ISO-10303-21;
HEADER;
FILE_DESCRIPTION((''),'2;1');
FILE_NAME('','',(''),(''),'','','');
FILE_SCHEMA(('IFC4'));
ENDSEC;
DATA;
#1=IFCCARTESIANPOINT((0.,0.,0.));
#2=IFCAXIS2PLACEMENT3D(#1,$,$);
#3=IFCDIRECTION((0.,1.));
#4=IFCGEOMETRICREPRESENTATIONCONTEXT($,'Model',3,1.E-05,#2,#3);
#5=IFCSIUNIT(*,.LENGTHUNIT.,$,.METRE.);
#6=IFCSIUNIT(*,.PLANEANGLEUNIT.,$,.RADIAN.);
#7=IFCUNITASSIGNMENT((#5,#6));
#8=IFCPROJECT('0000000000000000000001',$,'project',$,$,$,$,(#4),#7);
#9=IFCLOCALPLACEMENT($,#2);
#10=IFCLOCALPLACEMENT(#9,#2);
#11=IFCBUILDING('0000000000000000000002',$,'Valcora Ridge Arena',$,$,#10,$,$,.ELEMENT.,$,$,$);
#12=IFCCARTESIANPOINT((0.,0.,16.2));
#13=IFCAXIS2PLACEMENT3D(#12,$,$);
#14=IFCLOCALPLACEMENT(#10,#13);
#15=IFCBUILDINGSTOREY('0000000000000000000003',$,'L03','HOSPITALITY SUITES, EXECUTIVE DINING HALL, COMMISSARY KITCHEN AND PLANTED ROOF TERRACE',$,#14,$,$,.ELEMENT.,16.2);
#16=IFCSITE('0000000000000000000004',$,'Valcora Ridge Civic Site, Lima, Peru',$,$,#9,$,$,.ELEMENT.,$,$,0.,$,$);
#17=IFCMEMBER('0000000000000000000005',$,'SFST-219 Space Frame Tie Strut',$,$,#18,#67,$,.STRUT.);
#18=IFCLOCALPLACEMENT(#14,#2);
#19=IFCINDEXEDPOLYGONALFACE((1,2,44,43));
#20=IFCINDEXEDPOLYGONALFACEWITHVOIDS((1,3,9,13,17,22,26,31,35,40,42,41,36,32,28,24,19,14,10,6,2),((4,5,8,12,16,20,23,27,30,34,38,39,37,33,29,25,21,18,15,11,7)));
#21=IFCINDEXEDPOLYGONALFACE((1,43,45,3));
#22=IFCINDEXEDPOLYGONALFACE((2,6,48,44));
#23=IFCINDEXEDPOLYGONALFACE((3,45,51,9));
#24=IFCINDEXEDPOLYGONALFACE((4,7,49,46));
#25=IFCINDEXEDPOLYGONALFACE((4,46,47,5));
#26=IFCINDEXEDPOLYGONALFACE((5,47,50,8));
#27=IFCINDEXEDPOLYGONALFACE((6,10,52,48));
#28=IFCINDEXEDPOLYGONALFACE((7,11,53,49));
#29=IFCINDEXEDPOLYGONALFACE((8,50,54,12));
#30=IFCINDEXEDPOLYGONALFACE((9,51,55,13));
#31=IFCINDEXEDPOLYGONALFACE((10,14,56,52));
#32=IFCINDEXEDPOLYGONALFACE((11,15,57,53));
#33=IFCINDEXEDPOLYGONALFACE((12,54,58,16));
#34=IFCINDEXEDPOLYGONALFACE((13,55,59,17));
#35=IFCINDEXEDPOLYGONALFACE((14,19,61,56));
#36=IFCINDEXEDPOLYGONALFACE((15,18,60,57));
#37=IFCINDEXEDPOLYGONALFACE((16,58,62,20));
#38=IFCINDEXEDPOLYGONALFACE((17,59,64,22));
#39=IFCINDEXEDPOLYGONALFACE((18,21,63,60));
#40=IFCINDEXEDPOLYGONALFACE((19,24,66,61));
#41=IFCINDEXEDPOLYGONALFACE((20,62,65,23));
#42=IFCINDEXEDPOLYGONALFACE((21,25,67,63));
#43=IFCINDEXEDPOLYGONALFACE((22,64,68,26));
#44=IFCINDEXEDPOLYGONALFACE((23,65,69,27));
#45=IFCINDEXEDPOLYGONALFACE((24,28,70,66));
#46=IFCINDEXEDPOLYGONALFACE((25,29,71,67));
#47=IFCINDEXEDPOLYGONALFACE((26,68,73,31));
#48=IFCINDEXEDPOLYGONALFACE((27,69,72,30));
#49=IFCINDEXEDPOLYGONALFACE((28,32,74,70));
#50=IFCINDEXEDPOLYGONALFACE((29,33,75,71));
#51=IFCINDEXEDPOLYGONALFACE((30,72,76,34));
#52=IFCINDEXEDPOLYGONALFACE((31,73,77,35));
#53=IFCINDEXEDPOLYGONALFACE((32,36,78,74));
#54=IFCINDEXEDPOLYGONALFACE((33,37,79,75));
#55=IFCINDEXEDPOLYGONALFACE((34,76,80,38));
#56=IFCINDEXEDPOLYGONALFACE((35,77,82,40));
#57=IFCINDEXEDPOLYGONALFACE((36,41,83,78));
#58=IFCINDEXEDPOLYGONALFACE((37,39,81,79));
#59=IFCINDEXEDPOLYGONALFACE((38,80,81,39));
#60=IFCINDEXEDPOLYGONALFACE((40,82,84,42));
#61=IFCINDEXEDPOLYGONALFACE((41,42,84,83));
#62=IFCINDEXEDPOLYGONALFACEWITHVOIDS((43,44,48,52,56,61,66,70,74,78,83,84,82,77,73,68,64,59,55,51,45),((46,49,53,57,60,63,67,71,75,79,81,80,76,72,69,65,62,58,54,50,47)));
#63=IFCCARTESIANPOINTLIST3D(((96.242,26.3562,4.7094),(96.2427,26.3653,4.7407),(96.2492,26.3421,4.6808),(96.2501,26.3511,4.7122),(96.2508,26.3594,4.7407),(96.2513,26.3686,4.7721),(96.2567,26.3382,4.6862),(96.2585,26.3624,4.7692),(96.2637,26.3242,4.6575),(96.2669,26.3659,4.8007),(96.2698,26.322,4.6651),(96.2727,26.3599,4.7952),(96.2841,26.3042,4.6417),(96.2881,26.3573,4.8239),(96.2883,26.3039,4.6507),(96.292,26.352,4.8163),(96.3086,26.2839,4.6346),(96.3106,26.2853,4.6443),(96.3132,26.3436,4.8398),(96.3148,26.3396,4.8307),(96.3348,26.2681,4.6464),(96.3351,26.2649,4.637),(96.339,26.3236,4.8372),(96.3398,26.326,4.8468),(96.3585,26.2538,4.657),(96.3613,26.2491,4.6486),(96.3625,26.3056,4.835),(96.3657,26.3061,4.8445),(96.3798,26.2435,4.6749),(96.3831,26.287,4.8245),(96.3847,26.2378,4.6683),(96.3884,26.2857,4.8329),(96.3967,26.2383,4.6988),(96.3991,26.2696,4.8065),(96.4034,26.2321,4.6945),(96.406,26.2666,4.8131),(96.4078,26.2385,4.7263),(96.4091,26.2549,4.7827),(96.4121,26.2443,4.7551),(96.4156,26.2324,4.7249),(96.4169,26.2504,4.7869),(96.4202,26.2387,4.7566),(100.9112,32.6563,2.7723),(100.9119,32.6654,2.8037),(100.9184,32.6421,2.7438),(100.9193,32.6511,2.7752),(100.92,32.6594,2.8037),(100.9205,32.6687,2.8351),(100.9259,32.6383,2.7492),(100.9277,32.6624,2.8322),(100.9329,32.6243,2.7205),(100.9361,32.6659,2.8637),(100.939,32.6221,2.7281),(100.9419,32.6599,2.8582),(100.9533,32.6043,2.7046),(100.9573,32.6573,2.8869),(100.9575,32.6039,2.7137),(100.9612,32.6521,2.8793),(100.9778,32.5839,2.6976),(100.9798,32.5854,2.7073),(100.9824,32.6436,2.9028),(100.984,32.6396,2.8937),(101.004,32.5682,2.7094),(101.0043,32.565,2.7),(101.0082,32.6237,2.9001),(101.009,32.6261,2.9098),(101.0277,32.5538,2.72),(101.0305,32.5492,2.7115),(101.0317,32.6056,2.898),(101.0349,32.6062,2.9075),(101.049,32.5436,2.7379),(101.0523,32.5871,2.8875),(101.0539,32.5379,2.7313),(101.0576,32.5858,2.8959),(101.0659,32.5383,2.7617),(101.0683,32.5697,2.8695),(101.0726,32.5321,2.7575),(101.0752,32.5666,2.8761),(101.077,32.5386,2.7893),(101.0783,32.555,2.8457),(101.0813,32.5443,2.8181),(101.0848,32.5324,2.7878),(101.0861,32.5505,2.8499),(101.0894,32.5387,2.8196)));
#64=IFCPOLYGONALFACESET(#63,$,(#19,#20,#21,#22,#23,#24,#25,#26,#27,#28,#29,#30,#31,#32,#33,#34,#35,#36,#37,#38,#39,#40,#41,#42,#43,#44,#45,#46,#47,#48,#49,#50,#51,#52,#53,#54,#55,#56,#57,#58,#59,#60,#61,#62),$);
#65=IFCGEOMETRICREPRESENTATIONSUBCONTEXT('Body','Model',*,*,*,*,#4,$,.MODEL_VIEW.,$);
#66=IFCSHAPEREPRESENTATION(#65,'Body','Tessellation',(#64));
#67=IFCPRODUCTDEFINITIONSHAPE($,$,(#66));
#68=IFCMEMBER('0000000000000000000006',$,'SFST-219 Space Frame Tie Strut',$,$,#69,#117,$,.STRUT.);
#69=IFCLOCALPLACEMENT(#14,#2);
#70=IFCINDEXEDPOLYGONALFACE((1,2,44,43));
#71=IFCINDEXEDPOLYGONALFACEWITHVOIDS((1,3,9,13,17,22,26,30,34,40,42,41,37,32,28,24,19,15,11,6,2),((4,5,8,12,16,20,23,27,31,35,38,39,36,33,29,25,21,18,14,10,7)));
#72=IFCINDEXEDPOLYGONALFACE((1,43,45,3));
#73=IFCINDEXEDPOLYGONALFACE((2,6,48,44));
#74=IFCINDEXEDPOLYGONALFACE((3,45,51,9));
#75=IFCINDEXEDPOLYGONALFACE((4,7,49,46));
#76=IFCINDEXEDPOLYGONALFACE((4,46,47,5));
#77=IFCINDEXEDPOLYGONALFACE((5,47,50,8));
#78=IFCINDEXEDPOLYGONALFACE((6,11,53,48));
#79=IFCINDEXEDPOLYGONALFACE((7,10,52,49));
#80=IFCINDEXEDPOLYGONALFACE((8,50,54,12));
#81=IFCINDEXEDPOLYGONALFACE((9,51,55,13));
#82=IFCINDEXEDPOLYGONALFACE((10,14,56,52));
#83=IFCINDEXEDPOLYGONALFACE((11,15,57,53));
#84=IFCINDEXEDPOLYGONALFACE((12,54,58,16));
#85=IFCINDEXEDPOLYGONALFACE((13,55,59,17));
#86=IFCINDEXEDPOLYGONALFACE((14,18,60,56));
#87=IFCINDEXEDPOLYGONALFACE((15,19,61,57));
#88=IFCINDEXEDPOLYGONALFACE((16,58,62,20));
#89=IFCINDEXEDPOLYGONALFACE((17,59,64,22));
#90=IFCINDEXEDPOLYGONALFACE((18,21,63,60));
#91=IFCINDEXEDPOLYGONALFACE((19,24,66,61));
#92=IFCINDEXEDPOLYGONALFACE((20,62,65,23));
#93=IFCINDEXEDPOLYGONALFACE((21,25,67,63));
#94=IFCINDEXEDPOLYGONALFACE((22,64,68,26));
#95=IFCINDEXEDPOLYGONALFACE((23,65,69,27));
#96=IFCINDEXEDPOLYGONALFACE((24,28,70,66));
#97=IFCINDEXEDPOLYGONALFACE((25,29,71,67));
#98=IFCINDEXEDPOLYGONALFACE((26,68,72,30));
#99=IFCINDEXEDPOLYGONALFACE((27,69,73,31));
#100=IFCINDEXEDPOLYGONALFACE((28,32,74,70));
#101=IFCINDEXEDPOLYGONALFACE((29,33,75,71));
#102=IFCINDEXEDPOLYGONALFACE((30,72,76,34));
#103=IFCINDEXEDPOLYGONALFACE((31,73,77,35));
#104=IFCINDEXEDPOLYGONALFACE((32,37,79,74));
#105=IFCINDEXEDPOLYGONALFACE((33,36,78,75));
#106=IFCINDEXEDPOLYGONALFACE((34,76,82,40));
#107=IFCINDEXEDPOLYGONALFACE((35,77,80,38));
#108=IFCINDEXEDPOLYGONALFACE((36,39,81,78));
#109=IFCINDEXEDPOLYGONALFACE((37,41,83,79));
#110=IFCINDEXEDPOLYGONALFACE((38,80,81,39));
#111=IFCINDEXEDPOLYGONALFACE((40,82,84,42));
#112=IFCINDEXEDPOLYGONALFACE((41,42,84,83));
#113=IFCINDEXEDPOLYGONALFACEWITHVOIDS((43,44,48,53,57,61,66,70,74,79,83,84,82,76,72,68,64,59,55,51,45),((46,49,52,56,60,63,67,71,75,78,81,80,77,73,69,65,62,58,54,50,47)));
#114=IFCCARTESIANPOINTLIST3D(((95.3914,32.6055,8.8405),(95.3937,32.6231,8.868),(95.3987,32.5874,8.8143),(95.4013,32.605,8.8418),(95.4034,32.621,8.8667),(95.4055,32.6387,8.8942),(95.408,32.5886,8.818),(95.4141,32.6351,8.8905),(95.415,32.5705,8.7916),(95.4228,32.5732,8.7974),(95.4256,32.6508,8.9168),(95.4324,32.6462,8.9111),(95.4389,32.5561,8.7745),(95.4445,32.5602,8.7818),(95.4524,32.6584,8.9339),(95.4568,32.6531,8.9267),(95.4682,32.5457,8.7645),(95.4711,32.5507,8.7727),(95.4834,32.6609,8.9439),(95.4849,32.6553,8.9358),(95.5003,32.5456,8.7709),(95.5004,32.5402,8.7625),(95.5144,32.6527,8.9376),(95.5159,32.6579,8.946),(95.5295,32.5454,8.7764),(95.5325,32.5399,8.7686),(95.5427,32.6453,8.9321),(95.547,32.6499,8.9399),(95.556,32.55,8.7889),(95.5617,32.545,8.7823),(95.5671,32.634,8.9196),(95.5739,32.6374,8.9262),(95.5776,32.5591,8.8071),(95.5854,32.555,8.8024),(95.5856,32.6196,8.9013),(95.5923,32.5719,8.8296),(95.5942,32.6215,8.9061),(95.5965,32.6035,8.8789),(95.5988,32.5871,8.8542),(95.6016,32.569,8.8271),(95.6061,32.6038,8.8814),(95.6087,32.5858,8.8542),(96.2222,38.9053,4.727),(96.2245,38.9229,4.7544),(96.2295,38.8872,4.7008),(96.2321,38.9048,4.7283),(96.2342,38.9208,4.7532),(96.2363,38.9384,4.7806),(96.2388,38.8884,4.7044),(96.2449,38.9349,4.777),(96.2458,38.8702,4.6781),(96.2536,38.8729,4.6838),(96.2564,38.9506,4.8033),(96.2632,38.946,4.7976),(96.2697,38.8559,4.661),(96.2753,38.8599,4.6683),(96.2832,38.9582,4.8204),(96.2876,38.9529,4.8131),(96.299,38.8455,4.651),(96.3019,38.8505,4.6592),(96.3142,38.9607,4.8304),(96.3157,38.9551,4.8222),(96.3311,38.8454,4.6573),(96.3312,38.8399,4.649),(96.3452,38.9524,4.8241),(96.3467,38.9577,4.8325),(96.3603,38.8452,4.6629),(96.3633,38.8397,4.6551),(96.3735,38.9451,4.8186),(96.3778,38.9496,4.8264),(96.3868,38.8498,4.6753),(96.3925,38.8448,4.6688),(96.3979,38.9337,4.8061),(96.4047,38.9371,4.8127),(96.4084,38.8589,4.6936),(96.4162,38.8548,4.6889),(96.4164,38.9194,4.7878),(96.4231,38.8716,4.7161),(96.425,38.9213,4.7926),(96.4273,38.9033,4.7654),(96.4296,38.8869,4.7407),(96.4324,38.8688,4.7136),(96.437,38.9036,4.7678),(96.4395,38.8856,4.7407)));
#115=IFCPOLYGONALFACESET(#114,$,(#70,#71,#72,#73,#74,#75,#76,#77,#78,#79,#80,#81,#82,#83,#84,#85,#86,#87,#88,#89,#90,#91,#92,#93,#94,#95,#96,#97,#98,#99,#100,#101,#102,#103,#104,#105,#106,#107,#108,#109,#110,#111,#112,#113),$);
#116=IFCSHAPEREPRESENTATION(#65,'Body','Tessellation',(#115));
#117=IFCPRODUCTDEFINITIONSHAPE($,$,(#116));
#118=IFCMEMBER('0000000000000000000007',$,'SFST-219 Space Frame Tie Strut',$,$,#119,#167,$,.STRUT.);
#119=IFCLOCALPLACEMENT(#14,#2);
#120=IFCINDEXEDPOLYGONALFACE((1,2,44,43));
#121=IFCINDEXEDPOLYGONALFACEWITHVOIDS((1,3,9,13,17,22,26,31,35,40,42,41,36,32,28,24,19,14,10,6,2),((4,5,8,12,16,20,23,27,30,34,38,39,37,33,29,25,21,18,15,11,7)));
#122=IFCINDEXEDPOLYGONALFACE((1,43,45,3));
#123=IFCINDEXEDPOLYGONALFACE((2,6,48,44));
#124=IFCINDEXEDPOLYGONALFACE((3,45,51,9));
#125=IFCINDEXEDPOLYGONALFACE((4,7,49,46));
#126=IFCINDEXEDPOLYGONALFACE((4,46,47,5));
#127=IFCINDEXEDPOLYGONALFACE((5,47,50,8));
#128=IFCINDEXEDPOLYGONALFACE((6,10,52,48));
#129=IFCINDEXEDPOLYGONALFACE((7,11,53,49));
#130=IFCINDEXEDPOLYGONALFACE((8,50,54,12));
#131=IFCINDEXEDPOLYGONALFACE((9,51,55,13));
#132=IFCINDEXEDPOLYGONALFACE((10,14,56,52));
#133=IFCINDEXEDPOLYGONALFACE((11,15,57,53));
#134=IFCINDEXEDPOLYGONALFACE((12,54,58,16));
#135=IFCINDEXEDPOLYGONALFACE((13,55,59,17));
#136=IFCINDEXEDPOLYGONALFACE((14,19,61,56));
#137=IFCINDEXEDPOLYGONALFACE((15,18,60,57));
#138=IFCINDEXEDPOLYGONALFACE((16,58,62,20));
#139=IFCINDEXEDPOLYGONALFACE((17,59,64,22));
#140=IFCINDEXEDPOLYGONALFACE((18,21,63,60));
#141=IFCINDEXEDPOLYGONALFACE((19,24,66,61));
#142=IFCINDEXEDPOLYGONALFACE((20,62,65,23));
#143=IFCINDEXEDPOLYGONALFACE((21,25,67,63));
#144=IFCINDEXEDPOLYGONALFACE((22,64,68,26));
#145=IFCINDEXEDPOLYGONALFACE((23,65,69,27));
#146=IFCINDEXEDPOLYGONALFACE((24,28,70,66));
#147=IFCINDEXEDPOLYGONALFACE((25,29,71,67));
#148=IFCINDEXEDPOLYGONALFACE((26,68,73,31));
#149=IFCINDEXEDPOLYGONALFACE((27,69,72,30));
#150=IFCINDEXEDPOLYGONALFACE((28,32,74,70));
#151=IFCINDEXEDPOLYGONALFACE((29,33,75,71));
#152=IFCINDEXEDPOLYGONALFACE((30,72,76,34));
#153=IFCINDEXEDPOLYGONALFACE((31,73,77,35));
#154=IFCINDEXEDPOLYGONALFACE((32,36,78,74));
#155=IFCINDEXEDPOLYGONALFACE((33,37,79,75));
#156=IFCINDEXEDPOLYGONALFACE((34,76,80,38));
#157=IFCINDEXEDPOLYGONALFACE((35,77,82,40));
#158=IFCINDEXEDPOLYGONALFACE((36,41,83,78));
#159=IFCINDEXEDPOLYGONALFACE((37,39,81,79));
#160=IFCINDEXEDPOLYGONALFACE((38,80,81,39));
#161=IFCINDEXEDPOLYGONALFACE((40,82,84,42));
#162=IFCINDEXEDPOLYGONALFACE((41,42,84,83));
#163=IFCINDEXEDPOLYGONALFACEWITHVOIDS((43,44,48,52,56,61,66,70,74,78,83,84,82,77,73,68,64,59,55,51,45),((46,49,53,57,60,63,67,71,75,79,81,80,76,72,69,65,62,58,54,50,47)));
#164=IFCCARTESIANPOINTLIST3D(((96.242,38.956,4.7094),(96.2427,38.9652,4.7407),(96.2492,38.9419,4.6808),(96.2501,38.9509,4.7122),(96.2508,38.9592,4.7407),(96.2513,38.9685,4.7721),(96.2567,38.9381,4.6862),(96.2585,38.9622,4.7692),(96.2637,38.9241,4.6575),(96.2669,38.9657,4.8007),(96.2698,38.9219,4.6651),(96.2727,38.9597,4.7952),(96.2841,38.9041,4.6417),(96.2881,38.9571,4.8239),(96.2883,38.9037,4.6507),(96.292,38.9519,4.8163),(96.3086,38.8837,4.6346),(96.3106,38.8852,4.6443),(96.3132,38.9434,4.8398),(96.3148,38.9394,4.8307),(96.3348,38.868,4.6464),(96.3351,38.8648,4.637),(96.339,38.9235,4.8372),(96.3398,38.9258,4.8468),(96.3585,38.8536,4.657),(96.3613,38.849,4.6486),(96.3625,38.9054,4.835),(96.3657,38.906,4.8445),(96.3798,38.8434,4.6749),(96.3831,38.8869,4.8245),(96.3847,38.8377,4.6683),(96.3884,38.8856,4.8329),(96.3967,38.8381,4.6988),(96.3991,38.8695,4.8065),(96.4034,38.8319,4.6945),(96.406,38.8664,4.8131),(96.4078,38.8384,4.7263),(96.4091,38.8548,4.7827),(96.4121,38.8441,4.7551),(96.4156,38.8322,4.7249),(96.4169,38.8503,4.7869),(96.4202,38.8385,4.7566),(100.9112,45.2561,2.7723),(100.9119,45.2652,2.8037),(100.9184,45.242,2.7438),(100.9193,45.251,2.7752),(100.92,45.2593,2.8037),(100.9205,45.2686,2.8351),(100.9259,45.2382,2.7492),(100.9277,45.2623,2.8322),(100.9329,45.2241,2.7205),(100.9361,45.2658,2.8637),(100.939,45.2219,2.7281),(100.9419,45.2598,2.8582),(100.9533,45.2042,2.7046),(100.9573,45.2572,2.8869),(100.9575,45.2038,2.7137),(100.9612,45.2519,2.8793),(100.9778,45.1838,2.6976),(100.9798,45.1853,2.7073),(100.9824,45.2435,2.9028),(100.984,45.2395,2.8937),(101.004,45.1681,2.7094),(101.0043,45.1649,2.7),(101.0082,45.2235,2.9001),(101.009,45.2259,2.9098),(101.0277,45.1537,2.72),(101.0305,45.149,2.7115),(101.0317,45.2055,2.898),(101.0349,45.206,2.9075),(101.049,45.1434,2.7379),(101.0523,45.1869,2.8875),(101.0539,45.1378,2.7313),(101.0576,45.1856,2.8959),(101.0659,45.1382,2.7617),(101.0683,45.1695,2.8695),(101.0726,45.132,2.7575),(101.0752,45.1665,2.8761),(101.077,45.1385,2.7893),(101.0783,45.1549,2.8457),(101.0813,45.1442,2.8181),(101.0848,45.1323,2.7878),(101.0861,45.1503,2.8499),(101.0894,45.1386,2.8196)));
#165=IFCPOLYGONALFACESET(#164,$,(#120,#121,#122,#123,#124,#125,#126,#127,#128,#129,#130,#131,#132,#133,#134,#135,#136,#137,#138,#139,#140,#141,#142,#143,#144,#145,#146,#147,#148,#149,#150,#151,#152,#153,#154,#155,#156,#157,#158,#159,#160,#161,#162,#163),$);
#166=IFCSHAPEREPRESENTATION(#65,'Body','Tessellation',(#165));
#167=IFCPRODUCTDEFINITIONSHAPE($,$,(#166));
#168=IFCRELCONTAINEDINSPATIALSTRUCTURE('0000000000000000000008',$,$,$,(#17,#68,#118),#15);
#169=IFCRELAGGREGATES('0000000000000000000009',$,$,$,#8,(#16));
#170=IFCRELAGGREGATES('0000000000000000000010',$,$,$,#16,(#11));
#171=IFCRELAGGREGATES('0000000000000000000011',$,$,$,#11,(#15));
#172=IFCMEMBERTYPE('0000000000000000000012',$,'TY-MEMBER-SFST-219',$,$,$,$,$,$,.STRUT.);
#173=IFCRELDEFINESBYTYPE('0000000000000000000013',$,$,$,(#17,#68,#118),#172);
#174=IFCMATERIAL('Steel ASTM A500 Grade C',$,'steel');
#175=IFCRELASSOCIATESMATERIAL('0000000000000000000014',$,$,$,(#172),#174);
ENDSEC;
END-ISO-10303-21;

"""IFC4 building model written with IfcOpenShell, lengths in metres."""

from ifc_helpers import new_model, si_unit, direction, frame, origin, origin_2d, place, context, subcontext, project, spatial, hollow_circle, extrude, material, material_profile, profile_set, type_object, element, save


model = new_model("IFC4")

# Units and contexts
model_context = context("Model", 3, precision=1e-05, world=origin(), true_north=direction((0.0, 1.0)))
body_context = subcontext(model_context, "Body", "Model", "MODEL_VIEW")
ifc_project = project(units=[si_unit("LENGTHUNIT", "METRE"), si_unit("PLANEANGLEUNIT", "RADIAN")], contexts=[model_context])

# Site, building, storey
site_placement = place(None, origin())
site = spatial("IfcSite", under=ifc_project, at=site_placement, Name="Valcora Ridge Civic Site, Lima, Peru", CompositionType="ELEMENT", RefElevation=0.0)
building_placement = place(site_placement, origin())
building = spatial("IfcBuilding", under=site, at=building_placement, Name="Valcora Ridge Arena", CompositionType="ELEMENT")
storey_placement = place(building_placement, frame((0.0, 0.0, 16.2)))
storey = spatial("IfcBuildingStorey", under=building, at=storey_placement, Name="L03", Description="HOSPITALITY SUITES, EXECUTIVE DINING HALL, COMMISSARY KITCHEN AND PLANTED ROOF TERRACE", CompositionType="ELEMENT", Elevation=16.2)

# Members
ifc_material_1 = material(Name="Steel ASTM A500 Grade C", Category="steel")
ifc_material_profile_1 = material_profile(ifc_material_1, hollow_circle(Radius=0.1096, WallThickness=0.01, at=origin_2d()), Name="CHS219X10")
ifc_profile_set_1 = profile_set([ifc_material_profile_1], Name="Steel ASTM A500 Grade C")
member_type_1 = type_object("IfcMemberType", Name="TY-MEMBER-SFST-219", PredefinedType="STRUT", material=ifc_profile_set_1)
member_1_placement = place(storey_placement, frame((96.3308, 26.3, 4.7407), z_axis=(0.578058, 0.779963, -0.239807), x_axis=(-0.803405, 0.595432, 0.0)))
element("IfcMember", 1, at=member_1_placement, inside=storey, type_object=member_type_1, Name="SFST-219 Space Frame Tie Strut", PredefinedType="STRUT", context=body_context, shape_type="SweptSolid", body=[
    extrude(hollow_circle(Radius=0.1096, WallThickness=0.01, at=origin_2d()), origin(), (0.0, 0.0, 1.0), 8.0774),
])
member_2_placement = place(storey_placement, frame((96.3308, 38.8999, 4.7407), z_axis=(-0.109756, -0.83225, 0.543427), x_axis=(0.991416, -0.130747, 0.0)))
element("IfcMember", 2, at=member_2_placement, inside=storey, type_object=member_type_1, Name="SFST-219 Space Frame Tie Strut", PredefinedType="STRUT", context=body_context, shape_type="SweptSolid", body=[
    extrude(hollow_circle(Radius=0.1096, WallThickness=0.01, at=origin_2d()), origin(), (0.0, 0.0, 1.0), 7.5696),
])
member_3_placement = place(storey_placement, frame((96.3308, 38.8999, 4.7407), z_axis=(0.578058, 0.779963, -0.239807), x_axis=(-0.803405, 0.595432, 0.0)))
element("IfcMember", 3, at=member_3_placement, inside=storey, type_object=member_type_1, Name="SFST-219 Space Frame Tie Strut", PredefinedType="STRUT", context=body_context, shape_type="SweptSolid", body=[
    extrude(hollow_circle(Radius=0.1096, WallThickness=0.01, at=origin_2d()), origin(), (0.0, 0.0, 1.0), 8.0774),
])

save(model, "model.ifc")
